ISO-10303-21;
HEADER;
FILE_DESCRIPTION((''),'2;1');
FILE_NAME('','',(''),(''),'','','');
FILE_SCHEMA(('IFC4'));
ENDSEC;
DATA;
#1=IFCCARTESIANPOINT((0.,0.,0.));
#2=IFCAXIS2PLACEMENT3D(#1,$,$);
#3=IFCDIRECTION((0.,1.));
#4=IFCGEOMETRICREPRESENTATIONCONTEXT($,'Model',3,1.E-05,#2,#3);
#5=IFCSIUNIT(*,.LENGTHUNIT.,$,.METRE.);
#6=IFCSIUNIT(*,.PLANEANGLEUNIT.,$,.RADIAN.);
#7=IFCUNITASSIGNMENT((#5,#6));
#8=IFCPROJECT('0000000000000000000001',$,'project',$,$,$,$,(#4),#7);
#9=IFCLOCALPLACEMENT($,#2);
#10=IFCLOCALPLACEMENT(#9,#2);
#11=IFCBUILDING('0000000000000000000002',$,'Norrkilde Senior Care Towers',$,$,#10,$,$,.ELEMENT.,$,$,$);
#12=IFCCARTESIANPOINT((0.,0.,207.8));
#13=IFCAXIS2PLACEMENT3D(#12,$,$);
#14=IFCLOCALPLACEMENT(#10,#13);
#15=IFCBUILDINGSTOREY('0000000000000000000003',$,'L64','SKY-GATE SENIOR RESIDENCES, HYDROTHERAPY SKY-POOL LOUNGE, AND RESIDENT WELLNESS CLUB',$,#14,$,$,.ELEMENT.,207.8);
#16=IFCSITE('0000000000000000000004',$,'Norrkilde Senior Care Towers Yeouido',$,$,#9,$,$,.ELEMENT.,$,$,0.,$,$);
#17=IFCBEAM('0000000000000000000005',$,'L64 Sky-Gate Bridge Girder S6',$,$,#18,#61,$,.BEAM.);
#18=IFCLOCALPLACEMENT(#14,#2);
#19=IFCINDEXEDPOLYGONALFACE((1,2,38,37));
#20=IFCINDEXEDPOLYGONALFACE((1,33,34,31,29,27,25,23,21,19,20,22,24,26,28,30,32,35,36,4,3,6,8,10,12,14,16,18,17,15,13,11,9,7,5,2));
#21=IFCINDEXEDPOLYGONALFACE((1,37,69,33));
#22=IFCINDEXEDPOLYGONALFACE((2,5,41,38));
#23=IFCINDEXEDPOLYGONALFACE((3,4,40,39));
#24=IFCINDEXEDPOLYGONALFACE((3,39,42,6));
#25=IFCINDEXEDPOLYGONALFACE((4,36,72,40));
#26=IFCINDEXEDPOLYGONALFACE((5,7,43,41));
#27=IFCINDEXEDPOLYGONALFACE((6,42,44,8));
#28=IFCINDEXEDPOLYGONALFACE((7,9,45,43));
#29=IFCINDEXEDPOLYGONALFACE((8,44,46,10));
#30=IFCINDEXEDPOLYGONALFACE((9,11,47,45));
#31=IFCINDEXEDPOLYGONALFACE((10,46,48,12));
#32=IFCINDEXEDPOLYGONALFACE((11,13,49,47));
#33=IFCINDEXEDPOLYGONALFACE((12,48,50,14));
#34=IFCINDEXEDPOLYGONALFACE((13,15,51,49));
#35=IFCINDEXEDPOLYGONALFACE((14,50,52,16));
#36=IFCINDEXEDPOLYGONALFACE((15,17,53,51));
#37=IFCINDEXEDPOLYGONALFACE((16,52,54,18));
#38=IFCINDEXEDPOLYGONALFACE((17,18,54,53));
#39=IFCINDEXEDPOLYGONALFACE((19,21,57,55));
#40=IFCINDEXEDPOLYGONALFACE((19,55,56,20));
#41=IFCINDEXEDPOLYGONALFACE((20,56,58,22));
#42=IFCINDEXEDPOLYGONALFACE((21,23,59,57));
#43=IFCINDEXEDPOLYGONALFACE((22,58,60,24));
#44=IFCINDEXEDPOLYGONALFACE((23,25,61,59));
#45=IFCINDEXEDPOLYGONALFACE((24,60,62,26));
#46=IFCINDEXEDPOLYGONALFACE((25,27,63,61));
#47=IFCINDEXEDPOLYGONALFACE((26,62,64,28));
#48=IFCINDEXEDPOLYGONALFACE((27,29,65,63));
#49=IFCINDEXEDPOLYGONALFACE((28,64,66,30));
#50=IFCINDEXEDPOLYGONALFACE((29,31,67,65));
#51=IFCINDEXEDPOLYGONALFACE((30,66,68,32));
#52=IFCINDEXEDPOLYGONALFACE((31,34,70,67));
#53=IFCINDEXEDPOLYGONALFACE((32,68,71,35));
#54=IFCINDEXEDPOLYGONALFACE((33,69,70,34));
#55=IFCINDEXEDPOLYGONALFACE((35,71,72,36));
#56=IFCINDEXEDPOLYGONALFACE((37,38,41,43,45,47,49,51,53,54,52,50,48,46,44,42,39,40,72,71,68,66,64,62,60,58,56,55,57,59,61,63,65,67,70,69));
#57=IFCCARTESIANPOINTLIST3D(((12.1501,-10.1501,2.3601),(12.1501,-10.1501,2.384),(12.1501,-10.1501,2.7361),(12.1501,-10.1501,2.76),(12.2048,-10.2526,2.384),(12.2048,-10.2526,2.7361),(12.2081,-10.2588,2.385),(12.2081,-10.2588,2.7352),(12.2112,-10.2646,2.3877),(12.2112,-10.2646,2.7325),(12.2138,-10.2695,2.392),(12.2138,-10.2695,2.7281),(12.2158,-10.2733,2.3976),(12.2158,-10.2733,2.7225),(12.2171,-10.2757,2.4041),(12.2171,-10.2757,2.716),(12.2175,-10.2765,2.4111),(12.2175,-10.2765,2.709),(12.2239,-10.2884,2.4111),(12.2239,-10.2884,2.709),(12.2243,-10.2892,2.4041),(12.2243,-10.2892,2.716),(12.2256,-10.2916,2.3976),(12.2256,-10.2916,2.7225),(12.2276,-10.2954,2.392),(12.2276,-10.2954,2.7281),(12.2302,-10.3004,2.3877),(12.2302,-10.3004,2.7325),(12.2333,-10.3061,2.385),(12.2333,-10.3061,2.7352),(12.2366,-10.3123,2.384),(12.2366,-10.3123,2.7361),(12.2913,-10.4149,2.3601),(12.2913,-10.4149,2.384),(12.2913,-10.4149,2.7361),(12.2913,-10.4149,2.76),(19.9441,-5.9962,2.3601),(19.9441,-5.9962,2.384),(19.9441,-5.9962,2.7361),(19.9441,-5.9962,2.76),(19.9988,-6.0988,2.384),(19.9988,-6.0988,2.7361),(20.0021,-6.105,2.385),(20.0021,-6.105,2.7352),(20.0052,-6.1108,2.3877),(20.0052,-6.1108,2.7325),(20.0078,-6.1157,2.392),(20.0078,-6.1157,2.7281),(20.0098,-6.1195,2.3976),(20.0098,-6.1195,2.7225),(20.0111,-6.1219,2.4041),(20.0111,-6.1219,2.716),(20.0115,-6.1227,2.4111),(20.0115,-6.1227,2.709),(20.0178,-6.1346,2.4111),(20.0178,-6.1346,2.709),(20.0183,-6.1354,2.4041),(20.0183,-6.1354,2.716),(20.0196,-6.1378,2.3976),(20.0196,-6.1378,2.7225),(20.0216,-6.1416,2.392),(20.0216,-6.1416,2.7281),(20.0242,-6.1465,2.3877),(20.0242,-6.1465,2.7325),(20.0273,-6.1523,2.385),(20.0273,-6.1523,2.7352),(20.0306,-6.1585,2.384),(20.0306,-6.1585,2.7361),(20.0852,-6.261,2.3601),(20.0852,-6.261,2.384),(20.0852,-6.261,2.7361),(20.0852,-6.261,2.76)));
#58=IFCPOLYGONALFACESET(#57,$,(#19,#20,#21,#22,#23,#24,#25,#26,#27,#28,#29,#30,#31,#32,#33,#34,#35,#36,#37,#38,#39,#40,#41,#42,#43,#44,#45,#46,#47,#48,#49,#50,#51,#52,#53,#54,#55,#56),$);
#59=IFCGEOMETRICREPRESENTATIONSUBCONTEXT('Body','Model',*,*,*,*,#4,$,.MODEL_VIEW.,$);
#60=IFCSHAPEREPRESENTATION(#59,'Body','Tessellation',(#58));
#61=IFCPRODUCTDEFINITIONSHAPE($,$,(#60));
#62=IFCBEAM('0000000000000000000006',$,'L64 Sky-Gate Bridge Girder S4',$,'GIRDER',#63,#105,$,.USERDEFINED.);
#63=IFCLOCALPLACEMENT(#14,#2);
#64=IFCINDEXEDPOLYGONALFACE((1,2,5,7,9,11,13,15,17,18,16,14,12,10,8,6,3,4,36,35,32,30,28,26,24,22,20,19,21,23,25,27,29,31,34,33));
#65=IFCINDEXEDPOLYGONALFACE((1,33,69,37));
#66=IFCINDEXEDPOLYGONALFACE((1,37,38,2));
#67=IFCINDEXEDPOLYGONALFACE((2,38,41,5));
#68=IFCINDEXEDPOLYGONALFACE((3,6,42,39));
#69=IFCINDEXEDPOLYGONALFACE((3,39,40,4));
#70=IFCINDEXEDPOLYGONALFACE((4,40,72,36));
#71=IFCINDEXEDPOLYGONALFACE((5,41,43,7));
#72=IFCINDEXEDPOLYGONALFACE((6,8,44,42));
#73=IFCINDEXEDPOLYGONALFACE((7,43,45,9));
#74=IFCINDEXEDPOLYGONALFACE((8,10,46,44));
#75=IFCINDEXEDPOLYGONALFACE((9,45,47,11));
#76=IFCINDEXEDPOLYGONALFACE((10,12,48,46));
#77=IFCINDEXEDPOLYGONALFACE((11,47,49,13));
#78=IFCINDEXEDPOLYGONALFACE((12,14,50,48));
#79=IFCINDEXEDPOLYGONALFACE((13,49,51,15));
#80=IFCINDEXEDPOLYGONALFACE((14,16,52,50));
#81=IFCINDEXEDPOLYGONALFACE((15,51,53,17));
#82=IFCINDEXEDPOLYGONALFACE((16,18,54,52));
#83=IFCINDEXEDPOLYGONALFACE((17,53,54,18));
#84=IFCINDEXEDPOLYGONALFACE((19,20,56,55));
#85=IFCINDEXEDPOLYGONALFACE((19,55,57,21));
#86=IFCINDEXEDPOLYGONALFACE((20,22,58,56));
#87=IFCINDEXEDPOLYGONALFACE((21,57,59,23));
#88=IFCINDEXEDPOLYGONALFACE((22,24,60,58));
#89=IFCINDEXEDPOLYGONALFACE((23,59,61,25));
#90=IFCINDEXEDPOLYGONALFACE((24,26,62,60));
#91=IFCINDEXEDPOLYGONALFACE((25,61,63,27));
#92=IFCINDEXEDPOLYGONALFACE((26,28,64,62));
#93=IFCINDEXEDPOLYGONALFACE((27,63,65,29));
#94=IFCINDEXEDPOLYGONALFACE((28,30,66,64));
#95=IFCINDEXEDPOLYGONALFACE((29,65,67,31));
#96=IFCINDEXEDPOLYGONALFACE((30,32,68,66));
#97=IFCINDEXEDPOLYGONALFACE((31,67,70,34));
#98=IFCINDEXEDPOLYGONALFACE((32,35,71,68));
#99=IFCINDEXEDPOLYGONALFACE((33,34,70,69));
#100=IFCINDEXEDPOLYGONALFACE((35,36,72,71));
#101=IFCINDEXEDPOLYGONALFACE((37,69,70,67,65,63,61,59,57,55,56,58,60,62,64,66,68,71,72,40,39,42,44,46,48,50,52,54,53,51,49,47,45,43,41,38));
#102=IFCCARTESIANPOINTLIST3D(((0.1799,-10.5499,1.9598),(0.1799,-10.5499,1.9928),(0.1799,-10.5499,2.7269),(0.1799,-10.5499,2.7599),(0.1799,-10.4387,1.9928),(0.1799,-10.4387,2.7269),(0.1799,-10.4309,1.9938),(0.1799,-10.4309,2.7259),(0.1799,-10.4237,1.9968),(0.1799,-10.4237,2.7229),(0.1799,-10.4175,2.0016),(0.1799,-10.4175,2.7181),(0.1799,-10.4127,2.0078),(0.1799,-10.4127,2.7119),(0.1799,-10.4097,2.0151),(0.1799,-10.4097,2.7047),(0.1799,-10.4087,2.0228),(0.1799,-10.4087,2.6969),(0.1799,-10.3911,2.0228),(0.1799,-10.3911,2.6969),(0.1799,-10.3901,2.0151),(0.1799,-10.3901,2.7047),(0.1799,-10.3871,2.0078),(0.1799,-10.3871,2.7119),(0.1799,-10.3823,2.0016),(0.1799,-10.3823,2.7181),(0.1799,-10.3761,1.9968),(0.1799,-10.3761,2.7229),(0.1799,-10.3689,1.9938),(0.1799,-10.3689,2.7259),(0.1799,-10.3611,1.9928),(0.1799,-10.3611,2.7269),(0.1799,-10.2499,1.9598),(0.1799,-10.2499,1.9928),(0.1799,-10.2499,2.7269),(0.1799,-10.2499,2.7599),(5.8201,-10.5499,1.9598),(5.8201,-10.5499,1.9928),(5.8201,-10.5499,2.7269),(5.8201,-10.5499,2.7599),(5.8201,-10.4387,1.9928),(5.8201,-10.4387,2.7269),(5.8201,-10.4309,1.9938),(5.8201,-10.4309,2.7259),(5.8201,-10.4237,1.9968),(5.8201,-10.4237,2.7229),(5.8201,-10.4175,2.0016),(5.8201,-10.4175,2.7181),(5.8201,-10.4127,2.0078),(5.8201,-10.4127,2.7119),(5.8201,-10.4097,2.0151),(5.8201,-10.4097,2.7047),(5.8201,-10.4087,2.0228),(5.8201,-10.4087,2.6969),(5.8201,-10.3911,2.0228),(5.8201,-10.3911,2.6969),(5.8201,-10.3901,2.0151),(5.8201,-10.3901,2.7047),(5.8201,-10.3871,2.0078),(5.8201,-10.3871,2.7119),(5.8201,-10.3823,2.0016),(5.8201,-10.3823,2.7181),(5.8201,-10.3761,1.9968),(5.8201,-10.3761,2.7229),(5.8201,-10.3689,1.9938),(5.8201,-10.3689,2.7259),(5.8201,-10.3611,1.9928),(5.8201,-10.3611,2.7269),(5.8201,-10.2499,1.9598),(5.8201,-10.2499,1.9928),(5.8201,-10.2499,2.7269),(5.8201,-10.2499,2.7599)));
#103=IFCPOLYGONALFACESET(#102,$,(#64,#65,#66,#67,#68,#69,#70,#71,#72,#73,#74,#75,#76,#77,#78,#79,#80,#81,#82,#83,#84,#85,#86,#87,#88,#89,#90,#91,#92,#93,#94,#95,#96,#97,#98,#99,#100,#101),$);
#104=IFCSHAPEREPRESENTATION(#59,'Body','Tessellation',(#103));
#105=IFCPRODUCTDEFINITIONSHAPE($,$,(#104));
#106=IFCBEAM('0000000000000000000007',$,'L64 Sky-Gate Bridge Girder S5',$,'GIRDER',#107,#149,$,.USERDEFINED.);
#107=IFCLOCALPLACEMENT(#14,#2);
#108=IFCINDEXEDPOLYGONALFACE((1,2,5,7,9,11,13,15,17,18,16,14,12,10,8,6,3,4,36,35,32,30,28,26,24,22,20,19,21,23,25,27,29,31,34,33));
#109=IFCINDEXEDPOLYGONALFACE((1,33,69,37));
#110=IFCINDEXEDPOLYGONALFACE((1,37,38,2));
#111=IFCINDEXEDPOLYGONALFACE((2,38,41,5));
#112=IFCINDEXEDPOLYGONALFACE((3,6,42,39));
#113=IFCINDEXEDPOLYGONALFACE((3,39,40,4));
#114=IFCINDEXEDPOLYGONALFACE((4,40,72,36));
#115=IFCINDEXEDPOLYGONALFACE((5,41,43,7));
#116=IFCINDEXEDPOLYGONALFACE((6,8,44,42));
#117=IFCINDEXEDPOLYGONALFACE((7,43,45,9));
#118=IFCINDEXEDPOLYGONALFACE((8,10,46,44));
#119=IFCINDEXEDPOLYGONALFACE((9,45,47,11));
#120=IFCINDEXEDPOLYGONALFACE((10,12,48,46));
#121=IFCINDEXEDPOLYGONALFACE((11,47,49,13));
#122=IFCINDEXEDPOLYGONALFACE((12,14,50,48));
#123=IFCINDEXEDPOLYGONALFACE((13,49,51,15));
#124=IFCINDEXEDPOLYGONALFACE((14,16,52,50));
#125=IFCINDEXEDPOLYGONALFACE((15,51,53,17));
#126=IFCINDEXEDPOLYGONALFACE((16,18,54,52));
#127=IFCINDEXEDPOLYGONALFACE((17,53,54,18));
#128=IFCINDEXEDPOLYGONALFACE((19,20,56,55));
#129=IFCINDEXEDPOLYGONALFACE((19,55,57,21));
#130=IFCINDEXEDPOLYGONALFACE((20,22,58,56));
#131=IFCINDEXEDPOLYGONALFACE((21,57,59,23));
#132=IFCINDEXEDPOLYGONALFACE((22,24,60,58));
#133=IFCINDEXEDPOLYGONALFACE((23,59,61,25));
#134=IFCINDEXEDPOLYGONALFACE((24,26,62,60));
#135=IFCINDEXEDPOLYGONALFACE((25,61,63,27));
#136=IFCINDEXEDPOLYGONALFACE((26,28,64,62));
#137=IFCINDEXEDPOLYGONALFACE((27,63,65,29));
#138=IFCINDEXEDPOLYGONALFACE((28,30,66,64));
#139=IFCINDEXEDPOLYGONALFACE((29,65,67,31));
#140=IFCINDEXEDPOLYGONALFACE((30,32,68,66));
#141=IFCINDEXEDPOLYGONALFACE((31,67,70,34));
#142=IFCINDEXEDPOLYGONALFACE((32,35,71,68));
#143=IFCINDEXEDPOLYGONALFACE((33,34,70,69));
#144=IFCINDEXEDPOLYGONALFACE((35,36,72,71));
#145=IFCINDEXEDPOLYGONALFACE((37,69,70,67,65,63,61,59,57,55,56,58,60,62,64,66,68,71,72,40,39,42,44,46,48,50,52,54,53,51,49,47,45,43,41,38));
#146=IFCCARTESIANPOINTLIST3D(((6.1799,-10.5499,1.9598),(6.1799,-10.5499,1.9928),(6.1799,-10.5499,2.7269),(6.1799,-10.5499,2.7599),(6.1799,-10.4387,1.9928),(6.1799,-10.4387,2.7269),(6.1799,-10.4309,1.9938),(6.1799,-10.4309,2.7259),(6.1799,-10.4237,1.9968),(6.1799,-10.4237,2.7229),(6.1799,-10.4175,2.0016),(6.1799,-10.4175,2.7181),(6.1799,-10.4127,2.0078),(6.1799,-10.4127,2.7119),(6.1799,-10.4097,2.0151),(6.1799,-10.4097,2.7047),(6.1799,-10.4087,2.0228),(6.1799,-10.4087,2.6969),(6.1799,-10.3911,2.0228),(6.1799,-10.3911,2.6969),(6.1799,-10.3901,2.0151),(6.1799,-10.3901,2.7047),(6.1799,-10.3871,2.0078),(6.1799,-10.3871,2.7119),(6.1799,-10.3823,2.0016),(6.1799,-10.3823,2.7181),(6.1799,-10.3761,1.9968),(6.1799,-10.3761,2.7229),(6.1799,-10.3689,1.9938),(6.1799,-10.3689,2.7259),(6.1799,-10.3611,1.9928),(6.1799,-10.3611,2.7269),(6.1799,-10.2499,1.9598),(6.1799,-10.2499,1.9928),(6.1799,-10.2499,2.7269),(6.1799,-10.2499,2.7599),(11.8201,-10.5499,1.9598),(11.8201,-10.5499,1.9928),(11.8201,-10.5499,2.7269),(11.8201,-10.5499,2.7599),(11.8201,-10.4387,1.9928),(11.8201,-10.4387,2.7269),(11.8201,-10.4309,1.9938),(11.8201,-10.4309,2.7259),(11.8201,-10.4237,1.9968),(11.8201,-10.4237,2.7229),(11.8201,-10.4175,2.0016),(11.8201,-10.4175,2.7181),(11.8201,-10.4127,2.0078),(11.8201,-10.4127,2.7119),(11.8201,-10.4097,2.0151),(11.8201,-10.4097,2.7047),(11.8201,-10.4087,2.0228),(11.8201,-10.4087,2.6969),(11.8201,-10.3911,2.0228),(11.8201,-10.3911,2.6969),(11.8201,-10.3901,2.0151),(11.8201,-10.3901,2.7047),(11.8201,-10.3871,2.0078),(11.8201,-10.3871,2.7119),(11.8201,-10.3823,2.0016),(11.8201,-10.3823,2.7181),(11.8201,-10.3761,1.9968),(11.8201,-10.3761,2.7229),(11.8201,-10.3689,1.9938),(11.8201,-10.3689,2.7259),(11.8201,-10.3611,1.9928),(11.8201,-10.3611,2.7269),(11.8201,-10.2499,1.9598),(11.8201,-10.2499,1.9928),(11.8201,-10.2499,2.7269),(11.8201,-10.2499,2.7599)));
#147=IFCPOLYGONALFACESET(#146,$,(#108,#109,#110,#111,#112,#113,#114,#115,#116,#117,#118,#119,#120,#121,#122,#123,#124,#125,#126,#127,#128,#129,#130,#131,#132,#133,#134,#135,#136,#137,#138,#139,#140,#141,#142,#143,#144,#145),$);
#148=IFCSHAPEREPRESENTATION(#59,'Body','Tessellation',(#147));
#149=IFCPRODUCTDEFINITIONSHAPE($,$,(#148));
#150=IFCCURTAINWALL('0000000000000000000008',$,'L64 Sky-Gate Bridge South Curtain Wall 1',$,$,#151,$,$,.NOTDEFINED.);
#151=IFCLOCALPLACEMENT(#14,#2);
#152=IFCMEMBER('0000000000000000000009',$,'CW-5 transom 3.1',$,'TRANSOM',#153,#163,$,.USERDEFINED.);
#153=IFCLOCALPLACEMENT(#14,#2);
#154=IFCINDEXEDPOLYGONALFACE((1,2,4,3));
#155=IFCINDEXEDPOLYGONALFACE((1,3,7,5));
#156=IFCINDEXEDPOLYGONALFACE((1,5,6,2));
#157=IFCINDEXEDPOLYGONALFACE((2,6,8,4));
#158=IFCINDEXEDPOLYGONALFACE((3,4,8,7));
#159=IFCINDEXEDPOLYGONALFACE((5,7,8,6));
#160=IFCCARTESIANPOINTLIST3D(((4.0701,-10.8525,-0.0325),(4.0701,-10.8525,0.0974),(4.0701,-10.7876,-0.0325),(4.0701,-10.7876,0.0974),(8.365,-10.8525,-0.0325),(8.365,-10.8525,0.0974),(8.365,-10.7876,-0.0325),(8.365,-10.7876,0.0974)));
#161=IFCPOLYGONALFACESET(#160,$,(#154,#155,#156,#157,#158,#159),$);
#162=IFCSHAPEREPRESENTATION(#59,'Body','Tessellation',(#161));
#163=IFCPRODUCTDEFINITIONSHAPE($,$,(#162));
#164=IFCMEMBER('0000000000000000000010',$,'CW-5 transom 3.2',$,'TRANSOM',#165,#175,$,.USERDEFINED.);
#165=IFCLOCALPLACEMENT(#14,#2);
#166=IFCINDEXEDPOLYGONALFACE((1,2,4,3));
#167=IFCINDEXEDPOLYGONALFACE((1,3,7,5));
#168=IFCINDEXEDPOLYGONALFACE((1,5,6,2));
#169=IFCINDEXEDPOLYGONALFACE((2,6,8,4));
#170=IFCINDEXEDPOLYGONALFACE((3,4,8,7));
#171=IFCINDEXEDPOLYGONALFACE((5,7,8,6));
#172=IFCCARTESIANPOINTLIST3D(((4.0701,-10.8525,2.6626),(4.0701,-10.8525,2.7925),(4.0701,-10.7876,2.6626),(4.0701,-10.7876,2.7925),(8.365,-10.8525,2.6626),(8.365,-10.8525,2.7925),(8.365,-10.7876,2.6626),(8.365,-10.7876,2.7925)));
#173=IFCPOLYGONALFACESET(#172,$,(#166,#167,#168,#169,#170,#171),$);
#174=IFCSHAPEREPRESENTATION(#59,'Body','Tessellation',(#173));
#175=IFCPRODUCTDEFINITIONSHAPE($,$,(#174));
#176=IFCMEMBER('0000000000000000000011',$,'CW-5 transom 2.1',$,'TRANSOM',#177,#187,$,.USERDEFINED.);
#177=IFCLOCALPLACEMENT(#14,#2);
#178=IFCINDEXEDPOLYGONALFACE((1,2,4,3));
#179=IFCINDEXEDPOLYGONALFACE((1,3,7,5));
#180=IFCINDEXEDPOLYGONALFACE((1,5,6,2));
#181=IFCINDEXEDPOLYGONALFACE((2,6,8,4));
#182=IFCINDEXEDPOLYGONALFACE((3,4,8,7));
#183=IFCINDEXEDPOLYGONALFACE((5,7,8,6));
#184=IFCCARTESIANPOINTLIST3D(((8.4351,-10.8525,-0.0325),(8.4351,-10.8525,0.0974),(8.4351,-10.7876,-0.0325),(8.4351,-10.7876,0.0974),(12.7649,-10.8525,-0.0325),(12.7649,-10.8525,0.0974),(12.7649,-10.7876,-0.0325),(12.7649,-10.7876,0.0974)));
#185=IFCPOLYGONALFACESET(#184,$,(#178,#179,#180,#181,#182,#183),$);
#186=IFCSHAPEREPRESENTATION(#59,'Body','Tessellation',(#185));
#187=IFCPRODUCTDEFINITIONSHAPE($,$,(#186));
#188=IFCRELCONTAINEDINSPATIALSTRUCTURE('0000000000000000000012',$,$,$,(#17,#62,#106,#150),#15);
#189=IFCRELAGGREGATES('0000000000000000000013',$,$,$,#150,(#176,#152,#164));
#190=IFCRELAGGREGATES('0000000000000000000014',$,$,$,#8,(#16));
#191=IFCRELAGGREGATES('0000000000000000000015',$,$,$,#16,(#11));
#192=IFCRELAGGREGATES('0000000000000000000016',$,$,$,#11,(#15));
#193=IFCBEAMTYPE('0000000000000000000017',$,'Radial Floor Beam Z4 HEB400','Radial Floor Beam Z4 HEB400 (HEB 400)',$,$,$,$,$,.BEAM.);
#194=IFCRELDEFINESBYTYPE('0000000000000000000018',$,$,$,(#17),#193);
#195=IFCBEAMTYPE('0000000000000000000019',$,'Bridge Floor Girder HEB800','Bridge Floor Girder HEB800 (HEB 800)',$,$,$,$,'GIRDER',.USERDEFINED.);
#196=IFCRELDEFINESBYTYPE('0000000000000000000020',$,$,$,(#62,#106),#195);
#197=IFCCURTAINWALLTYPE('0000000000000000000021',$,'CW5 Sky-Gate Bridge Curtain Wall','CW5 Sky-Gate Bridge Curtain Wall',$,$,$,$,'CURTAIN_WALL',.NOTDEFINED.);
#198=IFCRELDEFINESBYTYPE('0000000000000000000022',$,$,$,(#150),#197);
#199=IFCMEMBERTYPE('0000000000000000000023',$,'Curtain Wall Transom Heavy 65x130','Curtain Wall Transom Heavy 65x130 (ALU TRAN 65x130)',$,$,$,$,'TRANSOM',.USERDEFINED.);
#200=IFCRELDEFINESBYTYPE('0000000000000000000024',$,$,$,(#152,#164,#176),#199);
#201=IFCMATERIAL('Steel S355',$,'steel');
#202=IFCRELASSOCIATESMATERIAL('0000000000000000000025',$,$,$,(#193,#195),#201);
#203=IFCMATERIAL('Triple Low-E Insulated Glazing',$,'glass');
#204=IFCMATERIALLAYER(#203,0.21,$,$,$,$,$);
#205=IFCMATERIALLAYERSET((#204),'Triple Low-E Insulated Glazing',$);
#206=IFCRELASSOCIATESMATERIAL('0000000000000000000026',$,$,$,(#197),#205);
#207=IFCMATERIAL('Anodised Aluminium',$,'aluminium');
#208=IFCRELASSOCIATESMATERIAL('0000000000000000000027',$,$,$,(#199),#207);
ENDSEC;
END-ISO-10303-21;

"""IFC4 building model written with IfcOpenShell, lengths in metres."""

from ifc_helpers import new_model, si_unit, direction, frame, origin, origin_2d, place, context, subcontext, project, spatial, rectangle, i_section, extrude, source, transform, mapped, material, layer, layer_set, material_profile, profile_set, type_object, type_shapes, element, aggregate, save


model = new_model("IFC4")

# Units and contexts
model_context = context("Model", 3, precision=1e-05, world=origin(), true_north=direction((0.0, 1.0)))
body_context = subcontext(model_context, "Body", "Model", "MODEL_VIEW")
ifc_project = project(units=[si_unit("LENGTHUNIT", "METRE"), si_unit("PLANEANGLEUNIT", "RADIAN")], contexts=[model_context])

# Site, building, storey
site_placement = place(None, origin())
site = spatial("IfcSite", under=ifc_project, at=site_placement, Name="Norrkilde Senior Care Towers Yeouido", CompositionType="ELEMENT", RefElevation=0.0)
building_placement = place(site_placement, origin())
building = spatial("IfcBuilding", under=site, at=building_placement, Name="Norrkilde Senior Care Towers", CompositionType="ELEMENT")
storey_placement = place(building_placement, frame((0.0, 0.0, 207.8)))
storey = spatial("IfcBuildingStorey", under=building, at=storey_placement, Name="L64", Description="SKY-GATE SENIOR RESIDENCES, HYDROTHERAPY SKY-POOL LOUNGE, AND RESIDENT WELLNESS CLUB", CompositionType="ELEMENT", Elevation=207.8)

# Shared definitions
ifc_material_1 = material(Name="Steel S355", Category="steel")

# Beams
ifc_material_profile_1 = material_profile(ifc_material_1, i_section(OverallWidth=0.3, OverallDepth=0.3999, WebThickness=0.0134, FlangeThickness=0.0239, FilletRadius=0.0271, at=origin_2d()), Name="HEB 400")
ifc_profile_set_1 = profile_set([ifc_material_profile_1], Name="Steel S355")
beam_type_1 = type_object("IfcBeamType", Name="Radial Floor Beam Z4 HEB400", Description="Radial Floor Beam Z4 HEB400 (HEB 400)", PredefinedType="BEAM", material=ifc_profile_set_1)
shared_shape_1 = source(origin(), body_context, "Body", "SweptSolid", [
    extrude(i_section(OverallWidth=0.3, OverallDepth=0.3999, WebThickness=0.0134, FlangeThickness=0.0239, FilletRadius=0.0271, at=origin_2d()), origin(), (0.0, 0.0, 1.0), 8.8318),
])
type_shapes(beam_type_1, [shared_shape_1])
beam_1_placement = place(storey_placement, frame((12.2207, -10.2825, 2.5601), z_axis=(0.882492, 0.470327, 0.0), x_axis=(-0.470327, 0.882492, 0.0)))
element("IfcBeam", 1, at=beam_1_placement, inside=storey, type_object=beam_type_1, Name="L64 Sky-Gate Bridge Girder S6", PredefinedType="BEAM", context=body_context, shape_type="MappedRepresentation", body=[
    mapped(shared_shape_1, transform((0.0, 0.0, 0.0), x_axis=(1.0, 0.0, 0.0), y_axis=(0.0, 1.0, 0.0), z_axis=(0.0, 0.0, 1.0), scale=1.0)),
])
ifc_material_profile_2 = material_profile(ifc_material_1, i_section(OverallWidth=0.3, OverallDepth=0.8, WebThickness=0.0176, FlangeThickness=0.033, FilletRadius=0.03, at=origin_2d()), Name="HEB 800")
ifc_profile_set_2 = profile_set([ifc_material_profile_2], Name="Steel S355")
beam_type_2 = type_object("IfcBeamType", Name="Bridge Floor Girder HEB800", Description="Bridge Floor Girder HEB800 (HEB 800)", ElementType="GIRDER", PredefinedType="USERDEFINED", material=ifc_profile_set_2)
shared_shape_2 = source(origin(), body_context, "Body", "SweptSolid", [
    extrude(i_section(OverallWidth=0.3, OverallDepth=0.8, WebThickness=0.0176, FlangeThickness=0.033, FilletRadius=0.03, at=origin_2d()), origin(), (0.0, 0.0, 1.0), 5.6401),
])
type_shapes(beam_type_2, [shared_shape_2])
for number, where, z_axis, x_axis, name in (
    (2, (0.1799, -10.3999, 2.3599), (1.0, 0.0, 0.0), (0.0, 1.0, 0.0), "L64 Sky-Gate Bridge Girder S4"),
    (3, (6.1799, -10.3999, 2.3599), (1.0, 0.0, 0.0), (0.0, 1.0, 0.0), "L64 Sky-Gate Bridge Girder S5"),
):
    element("IfcBeam", number, at=place(storey_placement, frame(where, z_axis=z_axis, x_axis=x_axis)), inside=storey, type_object=beam_type_2, Name=name, ObjectType="GIRDER", PredefinedType="USERDEFINED", context=body_context, shape_type="MappedRepresentation", body=[
        mapped(shared_shape_2, transform((0.0, 0.0, 0.0), x_axis=(1.0, 0.0, 0.0), y_axis=(0.0, 1.0, 0.0), z_axis=(0.0, 0.0, 1.0), scale=1.0)),
    ])

# Curtain wall, members
ifc_material_2 = material(Name="Triple Low-E Insulated Glazing", Category="glass")
ifc_layer_1 = layer(ifc_material_2, 0.21)
ifc_layer_set_1 = layer_set([ifc_layer_1], Name="Triple Low-E Insulated Glazing")
curtain_wall_type = type_object("IfcCurtainWallType", Name="CW5 Sky-Gate Bridge Curtain Wall", Description="CW5 Sky-Gate Bridge Curtain Wall", ElementType="CURTAIN_WALL", PredefinedType="NOTDEFINED", material=ifc_layer_set_1)
curtain_wall_1_placement = place(storey_placement, origin())
curtain_wall_1 = element("IfcCurtainWall", 4, at=curtain_wall_1_placement, inside=storey, type_object=curtain_wall_type, Name="L64 Sky-Gate Bridge South Curtain Wall 1", PredefinedType="NOTDEFINED")
ifc_material_3 = material(Name="Anodised Aluminium", Category="aluminium")
ifc_material_profile_3 = material_profile(ifc_material_3, rectangle(XDim=0.0649, YDim=0.1299, at=origin_2d()), Name="ALU TRAN 65x130")
ifc_profile_set_3 = profile_set([ifc_material_profile_3], Name="Anodised Aluminium")
member_type_1 = type_object("IfcMemberType", Name="Curtain Wall Transom Heavy 65x130", Description="Curtain Wall Transom Heavy 65x130 (ALU TRAN 65x130)", ElementType="TRANSOM", PredefinedType="USERDEFINED", material=ifc_profile_set_3)
shared_shape_3 = source(origin(), body_context, "Body", "SweptSolid", [
    extrude(rectangle(XDim=0.0649, YDim=0.1299, at=origin_2d()), origin(), (0.0, 0.0, 1.0), 4.2949),
])
member_1_placement = place(storey_placement, frame((8.365, -10.8201, 0.0325), z_axis=(-1.0, 0.0, 0.0), x_axis=(0.0, -1.0, 0.0)))
member_1 = element("IfcMember", 5, at=member_1_placement, type_object=member_type_1, Name="CW-5 transom 3.1", ObjectType="TRANSOM", PredefinedType="USERDEFINED", context=body_context, shape_type="MappedRepresentation", body=[
    mapped(shared_shape_3, transform((0.0, 0.0, 0.0), x_axis=(1.0, 0.0, 0.0), y_axis=(0.0, 1.0, 0.0), z_axis=(0.0, 0.0, 1.0), scale=1.0)),
])
member_2_placement = place(storey_placement, frame((8.365, -10.8201, 2.7275), z_axis=(-1.0, 0.0, 0.0), x_axis=(0.0, -1.0, 0.0)))
member_2 = element("IfcMember", 6, at=member_2_placement, type_object=member_type_1, Name="CW-5 transom 3.2", ObjectType="TRANSOM", PredefinedType="USERDEFINED", context=body_context, shape_type="MappedRepresentation", body=[
    mapped(shared_shape_3, transform((0.0, 0.0, 0.0), x_axis=(1.0, 0.0, 0.0), y_axis=(0.0, 1.0, 0.0), z_axis=(0.0, 0.0, 1.0), scale=1.0)),
])
shared_shape_4 = source(origin(), body_context, "Body", "SweptSolid", [
    extrude(rectangle(XDim=0.0649, YDim=0.1299, at=origin_2d()), origin(), (0.0, 0.0, 1.0), 4.3298),
])
member_3_placement = place(storey_placement, frame((12.7649, -10.8201, 0.0325), z_axis=(-1.0, 0.0, 0.0), x_axis=(0.0, -1.0, 0.0)))
member_3 = element("IfcMember", 7, at=member_3_placement, type_object=member_type_1, Name="CW-5 transom 2.1", ObjectType="TRANSOM", PredefinedType="USERDEFINED", context=body_context, shape_type="MappedRepresentation", body=[
    mapped(shared_shape_4, transform((0.0, 0.0, 0.0), x_axis=(1.0, 0.0, 0.0), y_axis=(0.0, 1.0, 0.0), z_axis=(0.0, 0.0, 1.0), scale=1.0)),
])

aggregate(curtain_wall_1, [member_3, member_1, member_2])

save(model, "model.ifc")
